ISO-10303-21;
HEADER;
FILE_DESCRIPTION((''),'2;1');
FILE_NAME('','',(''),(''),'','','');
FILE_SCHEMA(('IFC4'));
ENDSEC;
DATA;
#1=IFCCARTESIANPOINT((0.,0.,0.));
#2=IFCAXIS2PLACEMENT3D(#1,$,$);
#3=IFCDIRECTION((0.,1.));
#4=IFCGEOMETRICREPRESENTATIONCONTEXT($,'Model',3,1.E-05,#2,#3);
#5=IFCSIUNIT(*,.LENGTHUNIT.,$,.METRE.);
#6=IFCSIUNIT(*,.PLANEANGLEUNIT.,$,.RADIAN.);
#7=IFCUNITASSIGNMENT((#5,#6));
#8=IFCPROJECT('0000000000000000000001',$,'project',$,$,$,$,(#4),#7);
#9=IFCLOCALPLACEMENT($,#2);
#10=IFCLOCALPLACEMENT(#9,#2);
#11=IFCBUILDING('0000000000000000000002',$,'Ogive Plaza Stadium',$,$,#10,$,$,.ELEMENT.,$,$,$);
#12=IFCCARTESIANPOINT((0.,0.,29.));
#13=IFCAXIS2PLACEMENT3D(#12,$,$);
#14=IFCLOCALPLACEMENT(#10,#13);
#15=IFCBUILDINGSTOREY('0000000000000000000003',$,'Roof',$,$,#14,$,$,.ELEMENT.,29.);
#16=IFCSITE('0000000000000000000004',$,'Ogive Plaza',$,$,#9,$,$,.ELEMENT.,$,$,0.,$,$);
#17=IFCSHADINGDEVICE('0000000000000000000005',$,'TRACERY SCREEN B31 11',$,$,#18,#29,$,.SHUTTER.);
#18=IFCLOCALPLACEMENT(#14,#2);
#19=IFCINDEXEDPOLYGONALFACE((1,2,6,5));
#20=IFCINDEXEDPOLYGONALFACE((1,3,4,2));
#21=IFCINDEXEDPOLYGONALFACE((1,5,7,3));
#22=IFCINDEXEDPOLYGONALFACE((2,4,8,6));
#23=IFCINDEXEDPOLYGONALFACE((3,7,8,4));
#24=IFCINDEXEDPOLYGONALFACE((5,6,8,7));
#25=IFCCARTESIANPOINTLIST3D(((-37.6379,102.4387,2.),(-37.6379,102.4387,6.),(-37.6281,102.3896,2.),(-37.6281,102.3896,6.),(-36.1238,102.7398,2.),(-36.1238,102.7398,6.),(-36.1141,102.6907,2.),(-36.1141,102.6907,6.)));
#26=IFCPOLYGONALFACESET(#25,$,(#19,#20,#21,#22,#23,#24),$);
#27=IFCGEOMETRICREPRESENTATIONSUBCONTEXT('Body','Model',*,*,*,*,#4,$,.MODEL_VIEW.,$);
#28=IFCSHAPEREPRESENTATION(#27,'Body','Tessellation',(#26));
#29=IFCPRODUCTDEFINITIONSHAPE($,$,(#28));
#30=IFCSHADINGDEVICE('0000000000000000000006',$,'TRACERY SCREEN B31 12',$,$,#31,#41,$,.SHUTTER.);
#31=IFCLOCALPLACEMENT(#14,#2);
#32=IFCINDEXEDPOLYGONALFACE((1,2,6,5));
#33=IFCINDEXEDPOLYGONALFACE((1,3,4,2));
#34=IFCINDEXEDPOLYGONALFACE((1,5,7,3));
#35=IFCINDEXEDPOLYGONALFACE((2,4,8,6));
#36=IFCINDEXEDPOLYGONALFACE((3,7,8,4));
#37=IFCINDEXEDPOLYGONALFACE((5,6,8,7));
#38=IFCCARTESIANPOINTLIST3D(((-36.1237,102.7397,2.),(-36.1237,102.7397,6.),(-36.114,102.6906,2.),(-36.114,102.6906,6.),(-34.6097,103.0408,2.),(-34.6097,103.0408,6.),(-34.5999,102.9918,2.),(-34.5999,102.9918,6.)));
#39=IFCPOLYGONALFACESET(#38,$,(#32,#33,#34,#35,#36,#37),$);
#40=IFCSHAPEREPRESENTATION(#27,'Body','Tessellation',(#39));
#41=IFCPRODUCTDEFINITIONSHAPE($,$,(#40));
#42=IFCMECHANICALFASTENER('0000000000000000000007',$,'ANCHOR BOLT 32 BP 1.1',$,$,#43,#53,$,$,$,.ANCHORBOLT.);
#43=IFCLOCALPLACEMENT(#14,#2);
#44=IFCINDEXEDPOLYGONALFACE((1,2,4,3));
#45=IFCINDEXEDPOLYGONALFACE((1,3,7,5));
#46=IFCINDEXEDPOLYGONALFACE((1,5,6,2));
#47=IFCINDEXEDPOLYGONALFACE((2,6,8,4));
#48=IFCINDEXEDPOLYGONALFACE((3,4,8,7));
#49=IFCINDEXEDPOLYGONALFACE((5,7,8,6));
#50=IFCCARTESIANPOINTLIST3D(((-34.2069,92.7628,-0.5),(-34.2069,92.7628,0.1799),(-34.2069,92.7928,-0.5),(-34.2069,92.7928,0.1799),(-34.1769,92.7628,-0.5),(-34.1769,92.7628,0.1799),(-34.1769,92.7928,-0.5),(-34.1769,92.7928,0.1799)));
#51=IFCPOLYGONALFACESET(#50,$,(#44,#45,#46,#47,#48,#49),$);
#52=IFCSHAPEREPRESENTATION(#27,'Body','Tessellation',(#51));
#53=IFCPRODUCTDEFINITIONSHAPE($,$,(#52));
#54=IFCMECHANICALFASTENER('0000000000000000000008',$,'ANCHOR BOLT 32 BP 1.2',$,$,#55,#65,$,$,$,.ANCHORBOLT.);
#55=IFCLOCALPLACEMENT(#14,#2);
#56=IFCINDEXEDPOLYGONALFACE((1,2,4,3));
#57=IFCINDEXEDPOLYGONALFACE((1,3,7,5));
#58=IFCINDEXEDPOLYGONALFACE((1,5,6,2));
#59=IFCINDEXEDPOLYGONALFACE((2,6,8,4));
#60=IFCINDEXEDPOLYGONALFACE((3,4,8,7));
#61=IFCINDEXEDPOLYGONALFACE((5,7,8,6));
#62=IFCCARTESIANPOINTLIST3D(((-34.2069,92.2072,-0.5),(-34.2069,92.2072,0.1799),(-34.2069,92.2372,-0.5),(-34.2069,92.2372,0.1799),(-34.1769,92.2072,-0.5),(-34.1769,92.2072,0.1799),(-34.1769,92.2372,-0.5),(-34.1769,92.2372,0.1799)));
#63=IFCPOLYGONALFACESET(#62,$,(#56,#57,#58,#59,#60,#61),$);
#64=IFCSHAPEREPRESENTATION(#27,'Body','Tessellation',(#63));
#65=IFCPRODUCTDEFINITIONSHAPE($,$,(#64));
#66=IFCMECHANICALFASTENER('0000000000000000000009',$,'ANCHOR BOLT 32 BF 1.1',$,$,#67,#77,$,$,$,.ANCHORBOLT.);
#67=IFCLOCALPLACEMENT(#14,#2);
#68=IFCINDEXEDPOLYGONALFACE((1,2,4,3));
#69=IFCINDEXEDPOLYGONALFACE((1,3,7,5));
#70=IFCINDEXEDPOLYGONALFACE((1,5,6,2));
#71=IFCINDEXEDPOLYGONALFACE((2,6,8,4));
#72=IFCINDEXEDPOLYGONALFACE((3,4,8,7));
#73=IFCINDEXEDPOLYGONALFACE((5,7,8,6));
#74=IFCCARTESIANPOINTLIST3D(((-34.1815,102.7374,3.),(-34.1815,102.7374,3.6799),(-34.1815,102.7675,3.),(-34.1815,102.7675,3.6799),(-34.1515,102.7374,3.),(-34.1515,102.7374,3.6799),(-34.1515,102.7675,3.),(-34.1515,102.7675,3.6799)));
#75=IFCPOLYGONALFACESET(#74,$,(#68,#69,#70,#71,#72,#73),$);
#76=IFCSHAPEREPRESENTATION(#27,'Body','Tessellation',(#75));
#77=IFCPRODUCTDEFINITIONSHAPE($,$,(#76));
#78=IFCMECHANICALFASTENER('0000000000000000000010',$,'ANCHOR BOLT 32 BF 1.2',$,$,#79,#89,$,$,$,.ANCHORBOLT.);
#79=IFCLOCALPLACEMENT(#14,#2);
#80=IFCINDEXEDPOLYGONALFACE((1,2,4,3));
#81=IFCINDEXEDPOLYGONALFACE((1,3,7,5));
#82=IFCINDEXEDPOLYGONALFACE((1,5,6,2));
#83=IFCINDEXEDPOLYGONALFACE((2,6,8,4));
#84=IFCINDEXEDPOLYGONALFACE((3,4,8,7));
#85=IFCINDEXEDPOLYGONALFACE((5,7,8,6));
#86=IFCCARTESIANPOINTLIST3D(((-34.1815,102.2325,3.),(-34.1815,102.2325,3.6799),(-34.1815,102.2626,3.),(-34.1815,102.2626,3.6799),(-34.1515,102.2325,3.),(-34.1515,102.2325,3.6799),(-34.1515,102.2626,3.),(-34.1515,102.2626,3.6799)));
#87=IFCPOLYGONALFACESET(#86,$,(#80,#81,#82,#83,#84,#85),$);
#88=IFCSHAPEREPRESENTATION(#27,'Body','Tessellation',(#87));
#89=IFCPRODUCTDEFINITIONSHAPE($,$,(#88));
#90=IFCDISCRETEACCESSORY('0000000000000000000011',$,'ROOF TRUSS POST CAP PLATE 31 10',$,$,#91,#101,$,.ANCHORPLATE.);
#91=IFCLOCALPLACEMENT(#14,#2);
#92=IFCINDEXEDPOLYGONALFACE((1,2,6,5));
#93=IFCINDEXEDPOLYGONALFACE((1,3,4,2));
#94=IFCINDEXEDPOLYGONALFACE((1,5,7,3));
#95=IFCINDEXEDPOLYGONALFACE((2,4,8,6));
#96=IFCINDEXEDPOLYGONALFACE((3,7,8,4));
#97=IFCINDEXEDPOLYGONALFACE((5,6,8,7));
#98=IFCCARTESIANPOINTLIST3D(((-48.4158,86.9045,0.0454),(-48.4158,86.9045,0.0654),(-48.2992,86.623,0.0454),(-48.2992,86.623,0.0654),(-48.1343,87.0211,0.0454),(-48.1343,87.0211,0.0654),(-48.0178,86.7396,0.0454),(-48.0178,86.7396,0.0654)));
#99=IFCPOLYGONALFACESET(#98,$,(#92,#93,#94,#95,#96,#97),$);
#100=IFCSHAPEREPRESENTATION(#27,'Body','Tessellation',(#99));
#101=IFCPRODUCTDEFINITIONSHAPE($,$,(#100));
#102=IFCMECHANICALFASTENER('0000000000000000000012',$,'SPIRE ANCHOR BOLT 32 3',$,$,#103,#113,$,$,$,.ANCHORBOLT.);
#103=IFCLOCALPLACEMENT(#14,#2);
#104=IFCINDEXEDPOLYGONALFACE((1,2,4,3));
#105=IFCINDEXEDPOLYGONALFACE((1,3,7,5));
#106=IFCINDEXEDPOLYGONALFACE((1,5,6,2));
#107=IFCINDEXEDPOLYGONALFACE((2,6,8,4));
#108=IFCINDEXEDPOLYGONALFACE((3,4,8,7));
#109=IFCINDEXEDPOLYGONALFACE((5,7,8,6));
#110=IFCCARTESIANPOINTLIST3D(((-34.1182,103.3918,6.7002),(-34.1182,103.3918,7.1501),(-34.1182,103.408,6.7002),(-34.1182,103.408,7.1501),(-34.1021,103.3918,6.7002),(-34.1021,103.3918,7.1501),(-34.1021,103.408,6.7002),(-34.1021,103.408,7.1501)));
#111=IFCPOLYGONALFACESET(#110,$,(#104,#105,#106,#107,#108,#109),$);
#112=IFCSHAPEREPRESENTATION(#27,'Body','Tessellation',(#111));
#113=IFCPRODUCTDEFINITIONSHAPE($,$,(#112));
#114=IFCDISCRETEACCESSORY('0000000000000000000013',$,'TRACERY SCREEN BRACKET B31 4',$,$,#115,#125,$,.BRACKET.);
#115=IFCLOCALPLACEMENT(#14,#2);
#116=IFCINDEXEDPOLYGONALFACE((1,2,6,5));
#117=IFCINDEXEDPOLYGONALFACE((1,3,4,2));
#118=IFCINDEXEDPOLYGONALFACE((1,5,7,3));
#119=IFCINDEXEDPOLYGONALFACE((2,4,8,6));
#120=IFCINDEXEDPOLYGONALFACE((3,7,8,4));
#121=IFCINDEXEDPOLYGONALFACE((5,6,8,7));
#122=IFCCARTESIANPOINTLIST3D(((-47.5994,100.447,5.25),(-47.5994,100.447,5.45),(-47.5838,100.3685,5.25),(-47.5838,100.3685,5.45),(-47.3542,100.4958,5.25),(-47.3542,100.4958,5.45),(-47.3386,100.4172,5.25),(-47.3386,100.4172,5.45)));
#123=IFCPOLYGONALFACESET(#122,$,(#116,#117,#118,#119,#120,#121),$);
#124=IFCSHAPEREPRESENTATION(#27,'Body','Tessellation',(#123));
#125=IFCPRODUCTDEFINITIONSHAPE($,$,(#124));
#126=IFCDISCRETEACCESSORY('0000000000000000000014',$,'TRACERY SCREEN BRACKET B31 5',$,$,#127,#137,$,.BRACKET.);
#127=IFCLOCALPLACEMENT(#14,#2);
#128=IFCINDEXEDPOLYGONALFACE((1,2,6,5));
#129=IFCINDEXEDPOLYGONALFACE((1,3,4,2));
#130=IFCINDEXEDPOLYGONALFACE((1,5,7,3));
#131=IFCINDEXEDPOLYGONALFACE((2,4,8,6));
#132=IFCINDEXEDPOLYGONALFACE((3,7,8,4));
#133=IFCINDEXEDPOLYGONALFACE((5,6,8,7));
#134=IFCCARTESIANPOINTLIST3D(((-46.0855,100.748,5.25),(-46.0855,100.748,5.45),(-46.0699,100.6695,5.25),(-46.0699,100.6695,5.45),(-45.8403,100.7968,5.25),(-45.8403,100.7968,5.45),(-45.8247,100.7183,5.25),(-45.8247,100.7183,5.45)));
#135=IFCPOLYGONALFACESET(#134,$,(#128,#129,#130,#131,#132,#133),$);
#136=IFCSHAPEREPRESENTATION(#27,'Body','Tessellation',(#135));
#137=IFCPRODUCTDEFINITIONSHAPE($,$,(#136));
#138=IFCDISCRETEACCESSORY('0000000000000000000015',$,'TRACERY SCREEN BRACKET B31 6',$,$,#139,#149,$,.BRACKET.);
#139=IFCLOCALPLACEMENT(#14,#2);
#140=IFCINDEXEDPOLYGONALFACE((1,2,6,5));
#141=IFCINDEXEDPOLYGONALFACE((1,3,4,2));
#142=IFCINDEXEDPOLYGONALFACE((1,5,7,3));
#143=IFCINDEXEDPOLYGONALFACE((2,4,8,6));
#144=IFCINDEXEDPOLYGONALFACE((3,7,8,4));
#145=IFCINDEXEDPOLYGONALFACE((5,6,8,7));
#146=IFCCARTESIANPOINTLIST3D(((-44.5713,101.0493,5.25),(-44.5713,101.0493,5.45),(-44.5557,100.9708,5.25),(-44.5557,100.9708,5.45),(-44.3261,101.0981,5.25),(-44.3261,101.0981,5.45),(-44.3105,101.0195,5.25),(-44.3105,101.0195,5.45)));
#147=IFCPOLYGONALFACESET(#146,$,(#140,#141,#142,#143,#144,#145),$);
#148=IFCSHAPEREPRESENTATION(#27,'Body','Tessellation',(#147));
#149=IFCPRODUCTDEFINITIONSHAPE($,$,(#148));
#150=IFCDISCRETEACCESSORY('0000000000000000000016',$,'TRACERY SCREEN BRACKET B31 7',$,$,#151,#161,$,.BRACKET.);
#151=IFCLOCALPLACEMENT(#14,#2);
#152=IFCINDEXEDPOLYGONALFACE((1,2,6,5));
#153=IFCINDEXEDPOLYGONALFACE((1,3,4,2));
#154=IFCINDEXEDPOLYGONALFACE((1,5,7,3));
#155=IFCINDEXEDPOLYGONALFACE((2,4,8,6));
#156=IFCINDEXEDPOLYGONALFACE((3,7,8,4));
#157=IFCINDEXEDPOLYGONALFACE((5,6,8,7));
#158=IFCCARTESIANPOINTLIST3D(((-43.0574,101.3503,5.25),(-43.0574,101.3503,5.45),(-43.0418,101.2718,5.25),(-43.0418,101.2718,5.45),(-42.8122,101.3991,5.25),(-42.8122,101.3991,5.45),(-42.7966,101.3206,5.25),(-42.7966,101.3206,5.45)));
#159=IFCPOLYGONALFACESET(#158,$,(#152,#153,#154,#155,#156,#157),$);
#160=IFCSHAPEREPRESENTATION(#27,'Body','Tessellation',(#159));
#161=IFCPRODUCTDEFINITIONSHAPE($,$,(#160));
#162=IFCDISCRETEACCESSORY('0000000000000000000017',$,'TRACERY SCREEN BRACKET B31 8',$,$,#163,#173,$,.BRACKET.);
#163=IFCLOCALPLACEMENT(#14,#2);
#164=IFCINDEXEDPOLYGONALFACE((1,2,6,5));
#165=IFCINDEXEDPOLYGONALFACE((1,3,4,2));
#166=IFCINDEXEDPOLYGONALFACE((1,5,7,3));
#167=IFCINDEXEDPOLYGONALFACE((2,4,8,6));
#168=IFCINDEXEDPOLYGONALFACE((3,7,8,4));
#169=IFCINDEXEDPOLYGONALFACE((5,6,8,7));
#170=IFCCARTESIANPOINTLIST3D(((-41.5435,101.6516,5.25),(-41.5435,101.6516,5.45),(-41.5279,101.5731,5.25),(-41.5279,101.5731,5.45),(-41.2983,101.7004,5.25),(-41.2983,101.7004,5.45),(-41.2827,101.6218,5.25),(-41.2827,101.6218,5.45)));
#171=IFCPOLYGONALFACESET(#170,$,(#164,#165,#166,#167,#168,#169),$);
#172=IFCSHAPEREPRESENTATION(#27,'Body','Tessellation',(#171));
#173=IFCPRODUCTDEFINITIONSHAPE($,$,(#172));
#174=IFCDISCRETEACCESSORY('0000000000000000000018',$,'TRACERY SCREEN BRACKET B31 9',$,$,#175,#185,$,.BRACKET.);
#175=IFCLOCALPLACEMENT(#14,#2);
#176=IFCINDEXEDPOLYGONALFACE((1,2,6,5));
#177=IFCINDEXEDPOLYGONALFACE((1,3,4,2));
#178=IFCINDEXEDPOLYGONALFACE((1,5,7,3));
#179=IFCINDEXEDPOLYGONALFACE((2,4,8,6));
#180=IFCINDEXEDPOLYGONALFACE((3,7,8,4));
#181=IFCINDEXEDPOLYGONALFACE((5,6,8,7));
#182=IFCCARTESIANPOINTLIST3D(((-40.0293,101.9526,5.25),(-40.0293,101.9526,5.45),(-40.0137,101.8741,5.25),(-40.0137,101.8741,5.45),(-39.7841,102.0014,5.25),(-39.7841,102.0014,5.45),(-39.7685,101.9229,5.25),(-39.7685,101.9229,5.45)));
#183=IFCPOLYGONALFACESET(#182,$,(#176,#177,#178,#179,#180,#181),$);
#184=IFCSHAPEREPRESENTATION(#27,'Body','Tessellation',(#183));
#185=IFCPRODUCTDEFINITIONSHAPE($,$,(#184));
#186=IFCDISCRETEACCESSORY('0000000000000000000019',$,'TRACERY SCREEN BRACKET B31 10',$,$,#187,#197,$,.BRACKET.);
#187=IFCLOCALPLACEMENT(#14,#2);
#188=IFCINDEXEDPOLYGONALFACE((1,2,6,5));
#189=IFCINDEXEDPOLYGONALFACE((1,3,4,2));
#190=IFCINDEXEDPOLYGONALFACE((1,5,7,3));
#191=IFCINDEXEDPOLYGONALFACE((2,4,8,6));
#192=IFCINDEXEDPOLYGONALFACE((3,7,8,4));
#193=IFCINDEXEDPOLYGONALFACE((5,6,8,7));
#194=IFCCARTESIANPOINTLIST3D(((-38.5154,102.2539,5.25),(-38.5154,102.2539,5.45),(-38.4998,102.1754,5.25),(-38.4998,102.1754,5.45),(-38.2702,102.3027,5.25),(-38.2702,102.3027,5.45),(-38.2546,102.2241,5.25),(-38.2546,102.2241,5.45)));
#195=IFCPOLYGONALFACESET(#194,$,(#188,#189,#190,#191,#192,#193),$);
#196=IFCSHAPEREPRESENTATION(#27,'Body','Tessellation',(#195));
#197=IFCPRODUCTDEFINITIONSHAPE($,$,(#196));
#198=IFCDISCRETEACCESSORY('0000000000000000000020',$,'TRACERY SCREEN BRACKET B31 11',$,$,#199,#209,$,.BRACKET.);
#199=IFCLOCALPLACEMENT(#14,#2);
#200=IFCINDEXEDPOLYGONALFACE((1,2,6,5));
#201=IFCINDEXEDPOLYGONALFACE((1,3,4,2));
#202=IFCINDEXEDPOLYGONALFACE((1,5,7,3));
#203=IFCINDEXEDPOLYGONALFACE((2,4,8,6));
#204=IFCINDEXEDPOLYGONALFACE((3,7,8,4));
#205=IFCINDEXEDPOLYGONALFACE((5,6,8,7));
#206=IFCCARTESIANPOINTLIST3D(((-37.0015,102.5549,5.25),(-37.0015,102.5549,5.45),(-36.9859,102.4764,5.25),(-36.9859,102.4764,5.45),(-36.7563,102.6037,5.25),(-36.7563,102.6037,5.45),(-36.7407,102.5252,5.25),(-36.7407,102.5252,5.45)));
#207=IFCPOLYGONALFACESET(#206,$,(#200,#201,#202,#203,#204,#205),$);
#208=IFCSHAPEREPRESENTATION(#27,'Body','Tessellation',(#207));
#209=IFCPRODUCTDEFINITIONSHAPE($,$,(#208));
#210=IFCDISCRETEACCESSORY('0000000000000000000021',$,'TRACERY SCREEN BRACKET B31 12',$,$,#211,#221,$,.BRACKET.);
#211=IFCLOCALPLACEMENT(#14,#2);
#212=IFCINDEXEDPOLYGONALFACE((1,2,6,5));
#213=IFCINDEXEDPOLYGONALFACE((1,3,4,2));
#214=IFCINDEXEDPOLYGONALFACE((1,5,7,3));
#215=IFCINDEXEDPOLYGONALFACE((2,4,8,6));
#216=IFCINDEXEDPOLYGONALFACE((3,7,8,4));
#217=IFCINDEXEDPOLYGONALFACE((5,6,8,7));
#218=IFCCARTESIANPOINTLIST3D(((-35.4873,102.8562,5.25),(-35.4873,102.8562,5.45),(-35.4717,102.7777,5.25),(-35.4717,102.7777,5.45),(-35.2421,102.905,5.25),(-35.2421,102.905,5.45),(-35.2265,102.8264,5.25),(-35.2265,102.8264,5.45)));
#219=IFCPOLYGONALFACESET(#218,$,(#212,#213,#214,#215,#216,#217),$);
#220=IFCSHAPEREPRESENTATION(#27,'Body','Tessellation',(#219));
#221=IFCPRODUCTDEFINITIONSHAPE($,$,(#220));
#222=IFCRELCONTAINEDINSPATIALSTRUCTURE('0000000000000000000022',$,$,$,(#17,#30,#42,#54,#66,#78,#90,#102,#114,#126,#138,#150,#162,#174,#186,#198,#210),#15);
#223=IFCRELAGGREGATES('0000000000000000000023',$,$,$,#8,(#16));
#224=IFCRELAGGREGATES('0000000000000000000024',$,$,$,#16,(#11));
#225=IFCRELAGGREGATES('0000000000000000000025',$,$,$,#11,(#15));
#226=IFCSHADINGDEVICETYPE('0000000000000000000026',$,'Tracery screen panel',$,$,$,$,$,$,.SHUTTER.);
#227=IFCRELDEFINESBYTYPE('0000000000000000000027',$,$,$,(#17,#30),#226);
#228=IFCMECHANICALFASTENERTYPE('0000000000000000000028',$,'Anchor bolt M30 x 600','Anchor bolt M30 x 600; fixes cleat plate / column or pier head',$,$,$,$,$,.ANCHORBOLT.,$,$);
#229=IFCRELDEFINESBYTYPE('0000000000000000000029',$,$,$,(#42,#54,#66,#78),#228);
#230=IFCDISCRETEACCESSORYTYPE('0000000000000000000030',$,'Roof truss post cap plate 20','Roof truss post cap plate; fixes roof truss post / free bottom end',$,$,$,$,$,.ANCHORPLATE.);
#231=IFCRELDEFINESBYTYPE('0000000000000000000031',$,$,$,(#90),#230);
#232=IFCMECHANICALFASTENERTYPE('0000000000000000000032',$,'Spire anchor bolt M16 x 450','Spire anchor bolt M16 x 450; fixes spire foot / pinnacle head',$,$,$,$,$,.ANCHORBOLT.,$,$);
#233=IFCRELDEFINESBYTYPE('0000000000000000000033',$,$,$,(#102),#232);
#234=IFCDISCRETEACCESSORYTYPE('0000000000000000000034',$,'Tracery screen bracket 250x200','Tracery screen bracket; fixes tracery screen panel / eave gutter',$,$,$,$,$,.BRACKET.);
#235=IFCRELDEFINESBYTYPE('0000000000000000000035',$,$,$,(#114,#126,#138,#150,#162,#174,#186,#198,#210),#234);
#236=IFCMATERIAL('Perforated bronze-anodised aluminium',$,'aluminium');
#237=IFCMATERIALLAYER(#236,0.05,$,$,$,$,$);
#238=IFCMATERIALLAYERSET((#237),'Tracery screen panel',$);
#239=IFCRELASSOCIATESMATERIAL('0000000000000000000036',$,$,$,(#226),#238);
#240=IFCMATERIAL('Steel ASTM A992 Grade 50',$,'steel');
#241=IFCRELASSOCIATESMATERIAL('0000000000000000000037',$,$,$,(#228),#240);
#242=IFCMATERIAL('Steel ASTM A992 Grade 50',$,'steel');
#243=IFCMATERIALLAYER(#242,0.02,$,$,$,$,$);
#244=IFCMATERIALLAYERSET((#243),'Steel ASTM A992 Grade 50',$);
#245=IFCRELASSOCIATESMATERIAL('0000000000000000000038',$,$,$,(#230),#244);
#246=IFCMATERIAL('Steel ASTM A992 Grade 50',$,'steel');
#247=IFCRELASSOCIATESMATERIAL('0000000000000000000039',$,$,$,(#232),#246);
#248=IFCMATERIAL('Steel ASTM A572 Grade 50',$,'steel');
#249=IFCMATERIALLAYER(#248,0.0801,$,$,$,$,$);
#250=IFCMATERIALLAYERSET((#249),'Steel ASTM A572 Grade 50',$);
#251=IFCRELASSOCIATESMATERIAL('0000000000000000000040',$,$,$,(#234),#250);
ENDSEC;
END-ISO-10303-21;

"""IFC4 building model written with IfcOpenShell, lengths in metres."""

from ifc_helpers import new_model, si_unit, direction, frame, origin, origin_2d, place, context, subcontext, project, spatial, rectangle, extrude, material, layer, layer_set, type_object, element, save


model = new_model("IFC4")

# Units and contexts
model_context = context("Model", 3, precision=1e-05, world=origin(), true_north=direction((0.0, 1.0)))
body_context = subcontext(model_context, "Body", "Model", "MODEL_VIEW")
ifc_project = project(units=[si_unit("LENGTHUNIT", "METRE"), si_unit("PLANEANGLEUNIT", "RADIAN")], contexts=[model_context])

# Site, building, storey
site_placement = place(None, origin())
site = spatial("IfcSite", under=ifc_project, at=site_placement, Name="Ogive Plaza", CompositionType="ELEMENT", RefElevation=0.0)
building_placement = place(site_placement, origin())
building = spatial("IfcBuilding", under=site, at=building_placement, Name="Ogive Plaza Stadium", CompositionType="ELEMENT")
storey_placement = place(building_placement, frame((0.0, 0.0, 29.0)))
storey = spatial("IfcBuildingStorey", under=building, at=storey_placement, Name="Roof", CompositionType="ELEMENT", Elevation=29.0)

# Shading devices
ifc_material_1 = material(Name="Perforated bronze-anodised aluminium", Category="aluminium")
ifc_layer_1 = layer(ifc_material_1, 0.05)
ifc_layer_set_1 = layer_set([ifc_layer_1], Name="Tracery screen panel")
shading_device_type = type_object("IfcShadingDeviceType", Name="Tracery screen panel", PredefinedType="SHUTTER", material=ifc_layer_set_1)
for number, where, z_axis, x_axis, name in (
    (1, (-36.876, 102.5647, 2.0), (0.0, 0.0, 1.0), (0.980785, 0.19509, 0.0), "TRACERY SCREEN B31 11"),
    (2, (-35.3618, 102.8657, 2.0), (0.0, 0.0, 1.0), (0.980785, 0.19509, 0.0), "TRACERY SCREEN B31 12"),
):
    element("IfcShadingDevice", number, at=place(storey_placement, frame(where, z_axis=z_axis, x_axis=x_axis)), inside=storey, type_object=shading_device_type, Name=name, PredefinedType="SHUTTER", context=body_context, shape_type="SweptSolid", body=[
        extrude(rectangle(XDim=1.5437, YDim=0.05, at=origin_2d()), origin(), (0.0, 0.0, 1.0), 4.0),
    ])

# Mechanical fasteners
ifc_material_2 = material(Name="Steel ASTM A992 Grade 50", Category="steel")
mechanical_fastener_type_1 = type_object("IfcMechanicalFastenerType", Name="Anchor bolt M30 x 600", Description="Anchor bolt M30 x 600; fixes cleat plate / column or pier head", PredefinedType="ANCHORBOLT", material=ifc_material_2)
for number, where, z_axis, x_axis, name in (
    (3, (-34.1919, 92.7778, -0.5), (0.0, 0.0, 1.0), (0.0, 1.0, 0.0), "ANCHOR BOLT 32 BP 1.1"),
    (4, (-34.1919, 92.2222, -0.5), (0.0, 0.0, 1.0), (0.0, 1.0, 0.0), "ANCHOR BOLT 32 BP 1.2"),
    (5, (-34.1665, 102.7524, 3.0), (0.0, 0.0, 1.0), (0.0, 1.0, 0.0), "ANCHOR BOLT 32 BF 1.1"),
    (6, (-34.1665, 102.2476, 3.0), (0.0, 0.0, 1.0), (0.0, 1.0, 0.0), "ANCHOR BOLT 32 BF 1.2"),
):
    element("IfcMechanicalFastener", number, at=place(storey_placement, frame(where, z_axis=z_axis, x_axis=x_axis)), inside=storey, type_object=mechanical_fastener_type_1, Name=name, PredefinedType="ANCHORBOLT", context=body_context, shape_type="SweptSolid", body=[
        extrude(rectangle(XDim=0.03, YDim=0.03, at=origin_2d()), origin(), (0.0, 0.0, 1.0), 0.6799),
    ])

# Discrete accessory
ifc_material_3 = material(Name="Steel ASTM A992 Grade 50", Category="steel")
ifc_layer_2 = layer(ifc_material_3, 0.02)
ifc_layer_set_2 = layer_set([ifc_layer_2], Name="Steel ASTM A992 Grade 50")
discrete_accessory_type_1 = type_object("IfcDiscreteAccessoryType", Name="Roof truss post cap plate 20", Description="Roof truss post cap plate; fixes roof truss post / free bottom end", PredefinedType="ANCHORPLATE", material=ifc_layer_set_2)
discrete_accessory_1_placement = place(storey_placement, frame((-48.2168, 86.822, 0.0454), z_axis=(0.0, 0.0, 1.0), x_axis=(-0.382683, 0.92388, 0.0)))
element("IfcDiscreteAccessory", 7, at=discrete_accessory_1_placement, inside=storey, type_object=discrete_accessory_type_1, Name="ROOF TRUSS POST CAP PLATE 31 10", PredefinedType="ANCHORPLATE", context=body_context, shape_type="SweptSolid", body=[
    extrude(rectangle(XDim=0.3047, YDim=0.3047, at=origin_2d()), origin(), (0.0, 0.0, 1.0), 0.02),
])

# Mechanical fastener
ifc_material_4 = material(Name="Steel ASTM A992 Grade 50", Category="steel")
mechanical_fastener_type_2 = type_object("IfcMechanicalFastenerType", Name="Spire anchor bolt M16 x 450", Description="Spire anchor bolt M16 x 450; fixes spire foot / pinnacle head", PredefinedType="ANCHORBOLT", material=ifc_material_4)
mechanical_fastener_placement = place(storey_placement, frame((-34.1101, 103.3999, 6.7002), z_axis=(0.0, 0.0, 1.0), x_axis=(0.0, 1.0, 0.0)))
element("IfcMechanicalFastener", 8, at=mechanical_fastener_placement, inside=storey, type_object=mechanical_fastener_type_2, Name="SPIRE ANCHOR BOLT 32 3", PredefinedType="ANCHORBOLT", context=body_context, shape_type="SweptSolid", body=[
    extrude(rectangle(XDim=0.0161, YDim=0.0161, at=origin_2d()), origin(), (0.0, 0.0, 1.0), 0.45),
])

# Discrete accessories
ifc_material_5 = material(Name="Steel ASTM A572 Grade 50", Category="steel")
ifc_layer_3 = layer(ifc_material_5, 0.0801)
ifc_layer_set_3 = layer_set([ifc_layer_3], Name="Steel ASTM A572 Grade 50")
discrete_accessory_type_2 = type_object("IfcDiscreteAccessoryType", Name="Tracery screen bracket 250x200", Description="Tracery screen bracket; fixes tracery screen panel / eave gutter", PredefinedType="BRACKET", material=ifc_layer_set_3)
for number, where, z_axis, x_axis, name in (
    (9, (-47.469, 100.4321, 5.25), (0.0, 0.0, 1.0), (0.980785, 0.19509, 0.0), "TRACERY SCREEN BRACKET B31 4"),
    (10, (-45.9551, 100.7332, 5.25), (0.0, 0.0, 1.0), (0.980785, 0.19509, 0.0), "TRACERY SCREEN BRACKET B31 5"),
    (11, (-44.4409, 101.0344, 5.25), (0.0, 0.0, 1.0), (0.980785, 0.19509, 0.0), "TRACERY SCREEN BRACKET B31 6"),
    (12, (-42.927, 101.3354, 5.25), (0.0, 0.0, 1.0), (0.980785, 0.19509, 0.0), "TRACERY SCREEN BRACKET B31 7"),
    (13, (-41.4131, 101.6367, 5.25), (0.0, 0.0, 1.0), (0.980785, 0.19509, 0.0), "TRACERY SCREEN BRACKET B31 8"),
    (14, (-39.8989, 101.9377, 5.25), (0.0, 0.0, 1.0), (0.980785, 0.19509, 0.0), "TRACERY SCREEN BRACKET B31 9"),
    (15, (-38.385, 102.239, 5.25), (0.0, 0.0, 1.0), (0.980785, 0.19509, 0.0), "TRACERY SCREEN BRACKET B31 10"),
    (16, (-36.8711, 102.54, 5.25), (0.0, 0.0, 1.0), (0.980785, 0.19509, 0.0), "TRACERY SCREEN BRACKET B31 11"),
    (17, (-35.3569, 102.8413, 5.25), (0.0, 0.0, 1.0), (0.980785, 0.19509, 0.0), "TRACERY SCREEN BRACKET B31 12"),
):
    element("IfcDiscreteAccessory", number, at=place(storey_placement, frame(where, z_axis=z_axis, x_axis=x_axis)), inside=storey, type_object=discrete_accessory_type_2, Name=name, PredefinedType="BRACKET", context=body_context, shape_type="SweptSolid", body=[
        extrude(rectangle(XDim=0.25, YDim=0.0801, at=origin_2d()), origin(), (0.0, 0.0, 1.0), 0.2),
    ])

save(model, "model.ifc")
